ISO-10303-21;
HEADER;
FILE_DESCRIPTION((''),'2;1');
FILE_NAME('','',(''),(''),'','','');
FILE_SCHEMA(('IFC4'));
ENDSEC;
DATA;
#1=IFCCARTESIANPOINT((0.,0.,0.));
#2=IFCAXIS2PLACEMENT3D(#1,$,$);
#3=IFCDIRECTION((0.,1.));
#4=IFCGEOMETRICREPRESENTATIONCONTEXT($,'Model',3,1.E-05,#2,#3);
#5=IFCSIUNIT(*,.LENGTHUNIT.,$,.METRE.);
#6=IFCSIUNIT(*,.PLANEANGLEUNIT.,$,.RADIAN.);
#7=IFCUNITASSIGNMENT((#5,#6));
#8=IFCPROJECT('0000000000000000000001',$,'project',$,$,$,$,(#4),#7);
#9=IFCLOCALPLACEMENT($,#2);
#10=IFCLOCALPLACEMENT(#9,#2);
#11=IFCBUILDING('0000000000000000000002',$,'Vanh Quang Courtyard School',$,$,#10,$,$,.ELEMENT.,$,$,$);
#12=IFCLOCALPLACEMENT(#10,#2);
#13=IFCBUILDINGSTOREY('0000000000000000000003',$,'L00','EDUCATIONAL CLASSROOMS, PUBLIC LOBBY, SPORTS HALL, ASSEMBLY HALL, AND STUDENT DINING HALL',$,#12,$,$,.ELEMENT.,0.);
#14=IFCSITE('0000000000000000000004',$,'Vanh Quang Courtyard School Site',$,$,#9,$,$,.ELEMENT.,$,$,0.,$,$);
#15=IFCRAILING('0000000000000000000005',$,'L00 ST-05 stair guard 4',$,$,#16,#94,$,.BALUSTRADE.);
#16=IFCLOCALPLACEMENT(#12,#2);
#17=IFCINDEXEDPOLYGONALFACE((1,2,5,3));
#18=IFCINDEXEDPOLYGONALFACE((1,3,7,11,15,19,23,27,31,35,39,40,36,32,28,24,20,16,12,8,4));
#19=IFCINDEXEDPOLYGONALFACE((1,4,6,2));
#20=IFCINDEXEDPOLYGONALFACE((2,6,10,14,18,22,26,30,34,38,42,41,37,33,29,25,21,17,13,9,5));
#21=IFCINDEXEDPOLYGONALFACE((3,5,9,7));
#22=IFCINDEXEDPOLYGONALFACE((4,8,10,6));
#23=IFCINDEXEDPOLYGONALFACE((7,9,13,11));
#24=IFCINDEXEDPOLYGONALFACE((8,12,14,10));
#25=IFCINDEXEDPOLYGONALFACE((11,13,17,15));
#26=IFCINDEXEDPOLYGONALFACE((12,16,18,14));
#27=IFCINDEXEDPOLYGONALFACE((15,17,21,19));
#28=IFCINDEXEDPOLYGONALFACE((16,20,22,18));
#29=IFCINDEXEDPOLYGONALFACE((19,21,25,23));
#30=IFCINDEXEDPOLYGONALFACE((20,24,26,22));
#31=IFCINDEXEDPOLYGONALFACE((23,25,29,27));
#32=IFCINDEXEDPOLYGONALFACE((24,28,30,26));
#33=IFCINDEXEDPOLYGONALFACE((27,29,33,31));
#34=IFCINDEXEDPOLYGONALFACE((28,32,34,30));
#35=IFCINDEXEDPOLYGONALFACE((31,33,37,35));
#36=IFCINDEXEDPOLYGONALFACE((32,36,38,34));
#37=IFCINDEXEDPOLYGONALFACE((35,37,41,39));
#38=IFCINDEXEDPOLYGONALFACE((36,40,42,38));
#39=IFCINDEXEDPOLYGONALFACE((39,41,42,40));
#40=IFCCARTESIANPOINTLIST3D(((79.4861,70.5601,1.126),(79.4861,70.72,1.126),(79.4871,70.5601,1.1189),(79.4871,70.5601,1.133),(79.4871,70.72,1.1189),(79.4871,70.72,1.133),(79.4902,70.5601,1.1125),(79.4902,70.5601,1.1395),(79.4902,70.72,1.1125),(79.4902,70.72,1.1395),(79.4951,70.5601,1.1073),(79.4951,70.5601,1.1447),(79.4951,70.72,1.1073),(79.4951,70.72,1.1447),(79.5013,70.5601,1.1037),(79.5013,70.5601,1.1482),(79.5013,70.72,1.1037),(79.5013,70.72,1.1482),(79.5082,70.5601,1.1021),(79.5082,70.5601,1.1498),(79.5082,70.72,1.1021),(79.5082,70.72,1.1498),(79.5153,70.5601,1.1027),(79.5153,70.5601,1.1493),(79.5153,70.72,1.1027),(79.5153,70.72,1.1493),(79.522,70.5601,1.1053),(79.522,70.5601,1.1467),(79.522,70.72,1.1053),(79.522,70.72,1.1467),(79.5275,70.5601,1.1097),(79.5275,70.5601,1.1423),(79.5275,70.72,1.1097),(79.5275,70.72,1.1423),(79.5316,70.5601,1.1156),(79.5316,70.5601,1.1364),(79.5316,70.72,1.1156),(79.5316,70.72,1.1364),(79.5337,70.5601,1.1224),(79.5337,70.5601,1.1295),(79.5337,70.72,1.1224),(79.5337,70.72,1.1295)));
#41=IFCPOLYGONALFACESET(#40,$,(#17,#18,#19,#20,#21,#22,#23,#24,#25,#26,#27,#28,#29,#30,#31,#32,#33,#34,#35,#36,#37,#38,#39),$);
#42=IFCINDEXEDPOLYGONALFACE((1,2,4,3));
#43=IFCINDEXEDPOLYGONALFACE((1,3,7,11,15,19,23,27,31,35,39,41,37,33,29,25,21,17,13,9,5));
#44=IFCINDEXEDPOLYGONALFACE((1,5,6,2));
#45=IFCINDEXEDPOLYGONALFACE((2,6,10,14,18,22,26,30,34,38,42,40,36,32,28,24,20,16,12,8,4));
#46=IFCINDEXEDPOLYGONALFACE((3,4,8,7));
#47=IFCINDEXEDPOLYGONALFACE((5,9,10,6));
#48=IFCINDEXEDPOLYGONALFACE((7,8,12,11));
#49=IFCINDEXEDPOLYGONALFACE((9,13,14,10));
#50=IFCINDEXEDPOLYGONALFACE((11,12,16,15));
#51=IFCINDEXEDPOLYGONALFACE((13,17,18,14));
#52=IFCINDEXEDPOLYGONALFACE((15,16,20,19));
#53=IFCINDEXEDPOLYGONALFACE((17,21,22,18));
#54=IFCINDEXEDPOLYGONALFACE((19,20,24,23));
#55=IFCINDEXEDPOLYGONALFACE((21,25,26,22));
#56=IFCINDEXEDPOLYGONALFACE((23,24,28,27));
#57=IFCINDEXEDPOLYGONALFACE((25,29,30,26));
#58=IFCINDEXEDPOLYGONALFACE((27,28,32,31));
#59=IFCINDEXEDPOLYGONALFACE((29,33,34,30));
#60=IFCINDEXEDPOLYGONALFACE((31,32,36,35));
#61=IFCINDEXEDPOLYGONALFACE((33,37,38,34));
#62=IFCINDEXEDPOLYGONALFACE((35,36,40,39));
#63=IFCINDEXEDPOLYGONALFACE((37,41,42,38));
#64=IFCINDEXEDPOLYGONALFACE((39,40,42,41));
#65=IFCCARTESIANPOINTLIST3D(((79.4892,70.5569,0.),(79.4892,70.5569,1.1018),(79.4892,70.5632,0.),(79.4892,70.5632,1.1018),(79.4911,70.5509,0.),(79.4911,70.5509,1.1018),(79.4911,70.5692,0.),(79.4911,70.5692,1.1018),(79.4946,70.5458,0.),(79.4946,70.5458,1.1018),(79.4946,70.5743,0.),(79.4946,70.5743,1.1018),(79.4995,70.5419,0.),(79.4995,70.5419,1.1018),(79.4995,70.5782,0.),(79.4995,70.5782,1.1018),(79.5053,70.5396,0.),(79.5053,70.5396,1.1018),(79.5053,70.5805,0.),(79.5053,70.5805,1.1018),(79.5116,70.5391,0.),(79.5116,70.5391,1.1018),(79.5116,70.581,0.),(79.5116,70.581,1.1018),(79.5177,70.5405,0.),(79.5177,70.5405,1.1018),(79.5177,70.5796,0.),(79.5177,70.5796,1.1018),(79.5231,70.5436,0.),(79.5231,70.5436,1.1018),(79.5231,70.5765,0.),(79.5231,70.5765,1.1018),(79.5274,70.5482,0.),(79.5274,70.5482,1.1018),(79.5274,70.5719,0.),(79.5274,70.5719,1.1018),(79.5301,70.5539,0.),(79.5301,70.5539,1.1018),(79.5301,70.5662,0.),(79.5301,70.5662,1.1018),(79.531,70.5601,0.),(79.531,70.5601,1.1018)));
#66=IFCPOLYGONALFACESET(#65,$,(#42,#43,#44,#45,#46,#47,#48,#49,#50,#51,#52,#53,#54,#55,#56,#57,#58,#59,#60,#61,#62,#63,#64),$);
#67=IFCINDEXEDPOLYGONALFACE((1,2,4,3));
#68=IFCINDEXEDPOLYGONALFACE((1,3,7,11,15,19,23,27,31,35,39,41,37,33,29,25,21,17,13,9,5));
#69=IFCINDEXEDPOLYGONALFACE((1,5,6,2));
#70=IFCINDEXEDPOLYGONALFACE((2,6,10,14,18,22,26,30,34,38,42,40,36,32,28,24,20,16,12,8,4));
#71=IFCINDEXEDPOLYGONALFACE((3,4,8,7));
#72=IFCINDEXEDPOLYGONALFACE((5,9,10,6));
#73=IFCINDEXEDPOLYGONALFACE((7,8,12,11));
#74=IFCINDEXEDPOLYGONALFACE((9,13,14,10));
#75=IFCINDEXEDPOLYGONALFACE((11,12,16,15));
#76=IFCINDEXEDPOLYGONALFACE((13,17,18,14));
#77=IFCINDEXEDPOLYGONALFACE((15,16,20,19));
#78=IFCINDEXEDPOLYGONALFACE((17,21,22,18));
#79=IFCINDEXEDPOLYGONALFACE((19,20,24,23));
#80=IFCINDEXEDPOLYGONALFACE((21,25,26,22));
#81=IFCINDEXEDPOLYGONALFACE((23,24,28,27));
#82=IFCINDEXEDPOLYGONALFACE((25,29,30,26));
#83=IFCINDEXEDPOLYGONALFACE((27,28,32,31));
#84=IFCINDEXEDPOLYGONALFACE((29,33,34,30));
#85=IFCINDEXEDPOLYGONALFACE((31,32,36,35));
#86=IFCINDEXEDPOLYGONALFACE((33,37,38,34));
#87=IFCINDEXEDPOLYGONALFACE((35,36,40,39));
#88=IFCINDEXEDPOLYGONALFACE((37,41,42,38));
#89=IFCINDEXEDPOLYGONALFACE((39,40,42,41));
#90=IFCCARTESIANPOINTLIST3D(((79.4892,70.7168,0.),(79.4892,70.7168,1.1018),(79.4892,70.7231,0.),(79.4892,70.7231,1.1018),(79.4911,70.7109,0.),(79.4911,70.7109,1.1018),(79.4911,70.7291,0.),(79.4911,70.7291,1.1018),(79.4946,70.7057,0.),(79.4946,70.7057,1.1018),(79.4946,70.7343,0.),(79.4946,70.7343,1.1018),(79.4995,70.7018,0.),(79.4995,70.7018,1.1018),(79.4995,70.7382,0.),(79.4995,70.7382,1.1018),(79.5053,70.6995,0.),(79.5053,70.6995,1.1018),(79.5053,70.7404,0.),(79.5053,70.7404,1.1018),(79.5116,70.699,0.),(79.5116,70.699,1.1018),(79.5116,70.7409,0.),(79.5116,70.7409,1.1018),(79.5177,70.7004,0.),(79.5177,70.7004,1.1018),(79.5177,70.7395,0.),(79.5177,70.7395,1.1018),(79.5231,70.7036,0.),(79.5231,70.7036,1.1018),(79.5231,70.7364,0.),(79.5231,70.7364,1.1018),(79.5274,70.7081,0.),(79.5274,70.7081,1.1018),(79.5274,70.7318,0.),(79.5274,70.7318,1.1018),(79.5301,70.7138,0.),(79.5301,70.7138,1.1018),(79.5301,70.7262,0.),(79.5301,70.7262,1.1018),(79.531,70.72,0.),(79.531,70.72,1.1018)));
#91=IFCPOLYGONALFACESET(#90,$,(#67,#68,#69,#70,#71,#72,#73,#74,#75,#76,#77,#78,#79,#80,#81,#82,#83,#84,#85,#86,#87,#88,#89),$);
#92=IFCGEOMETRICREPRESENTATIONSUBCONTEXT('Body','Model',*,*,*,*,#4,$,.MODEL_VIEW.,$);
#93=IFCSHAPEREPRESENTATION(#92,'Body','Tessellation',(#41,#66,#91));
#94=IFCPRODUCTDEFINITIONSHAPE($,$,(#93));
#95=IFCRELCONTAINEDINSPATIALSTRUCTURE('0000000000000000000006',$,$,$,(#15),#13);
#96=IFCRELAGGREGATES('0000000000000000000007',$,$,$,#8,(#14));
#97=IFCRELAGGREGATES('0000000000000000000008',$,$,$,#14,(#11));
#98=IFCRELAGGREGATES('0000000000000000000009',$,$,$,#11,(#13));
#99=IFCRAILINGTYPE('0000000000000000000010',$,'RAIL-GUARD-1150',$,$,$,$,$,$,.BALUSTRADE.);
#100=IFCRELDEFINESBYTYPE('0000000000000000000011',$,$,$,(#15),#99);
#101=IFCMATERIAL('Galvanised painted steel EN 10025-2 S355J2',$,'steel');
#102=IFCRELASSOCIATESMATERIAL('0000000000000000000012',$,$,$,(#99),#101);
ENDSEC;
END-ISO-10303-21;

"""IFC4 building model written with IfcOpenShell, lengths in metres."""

from ifc_helpers import new_model, si_unit, direction, frame, origin, origin_2d, place, context, subcontext, project, spatial, circle, extrude, material, type_object, element, save


model = new_model("IFC4")

# Units and contexts
model_context = context("Model", 3, precision=1e-05, world=origin(), true_north=direction((0.0, 1.0)))
body_context = subcontext(model_context, "Body", "Model", "MODEL_VIEW")
ifc_project = project(units=[si_unit("LENGTHUNIT", "METRE"), si_unit("PLANEANGLEUNIT", "RADIAN")], contexts=[model_context])

# Site, building, storey
site_placement = place(None, origin())
site = spatial("IfcSite", under=ifc_project, at=site_placement, Name="Vanh Quang Courtyard School Site", CompositionType="ELEMENT", RefElevation=0.0)
building_placement = place(site_placement, origin())
building = spatial("IfcBuilding", under=site, at=building_placement, Name="Vanh Quang Courtyard School", CompositionType="ELEMENT")
storey_placement = place(building_placement, origin())
storey = spatial("IfcBuildingStorey", under=building, at=storey_placement, Name="L00", Description="EDUCATIONAL CLASSROOMS, PUBLIC LOBBY, SPORTS HALL, ASSEMBLY HALL, AND STUDENT DINING HALL", CompositionType="ELEMENT", Elevation=0.0)

# Railing
ifc_material_1 = material(Name="Galvanised painted steel EN 10025-2 S355J2", Category="steel")
railing_type_1 = type_object("IfcRailingType", Name="RAIL-GUARD-1150", PredefinedType="BALUSTRADE", material=ifc_material_1)
railing_1_placement = place(storey_placement, frame((79.51, 70.5601, 0.0)))
element("IfcRailing", 1, at=railing_1_placement, inside=storey, type_object=railing_type_1, Name="L00 ST-05 stair guard 4", PredefinedType="BALUSTRADE", context=body_context, shape_type="SweptSolid", body=[
    extrude(circle(Radius=0.0239, at=origin_2d()), frame((0.0, 0.0, 1.126), z_axis=(0.0, 1.0, 0.0), x_axis=(-1.0, 0.0, 0.0)), (0.0, 0.0, 1.0), 0.1599),
    extrude(circle(Radius=0.021, at=origin_2d()), origin(), (0.0, 0.0, 1.0), 1.1018),
    extrude(circle(Radius=0.021, at=origin_2d()), frame((0.0, 0.1599, 0.0)), (0.0, 0.0, 1.0), 1.1018),
])

save(model, "model.ifc")
